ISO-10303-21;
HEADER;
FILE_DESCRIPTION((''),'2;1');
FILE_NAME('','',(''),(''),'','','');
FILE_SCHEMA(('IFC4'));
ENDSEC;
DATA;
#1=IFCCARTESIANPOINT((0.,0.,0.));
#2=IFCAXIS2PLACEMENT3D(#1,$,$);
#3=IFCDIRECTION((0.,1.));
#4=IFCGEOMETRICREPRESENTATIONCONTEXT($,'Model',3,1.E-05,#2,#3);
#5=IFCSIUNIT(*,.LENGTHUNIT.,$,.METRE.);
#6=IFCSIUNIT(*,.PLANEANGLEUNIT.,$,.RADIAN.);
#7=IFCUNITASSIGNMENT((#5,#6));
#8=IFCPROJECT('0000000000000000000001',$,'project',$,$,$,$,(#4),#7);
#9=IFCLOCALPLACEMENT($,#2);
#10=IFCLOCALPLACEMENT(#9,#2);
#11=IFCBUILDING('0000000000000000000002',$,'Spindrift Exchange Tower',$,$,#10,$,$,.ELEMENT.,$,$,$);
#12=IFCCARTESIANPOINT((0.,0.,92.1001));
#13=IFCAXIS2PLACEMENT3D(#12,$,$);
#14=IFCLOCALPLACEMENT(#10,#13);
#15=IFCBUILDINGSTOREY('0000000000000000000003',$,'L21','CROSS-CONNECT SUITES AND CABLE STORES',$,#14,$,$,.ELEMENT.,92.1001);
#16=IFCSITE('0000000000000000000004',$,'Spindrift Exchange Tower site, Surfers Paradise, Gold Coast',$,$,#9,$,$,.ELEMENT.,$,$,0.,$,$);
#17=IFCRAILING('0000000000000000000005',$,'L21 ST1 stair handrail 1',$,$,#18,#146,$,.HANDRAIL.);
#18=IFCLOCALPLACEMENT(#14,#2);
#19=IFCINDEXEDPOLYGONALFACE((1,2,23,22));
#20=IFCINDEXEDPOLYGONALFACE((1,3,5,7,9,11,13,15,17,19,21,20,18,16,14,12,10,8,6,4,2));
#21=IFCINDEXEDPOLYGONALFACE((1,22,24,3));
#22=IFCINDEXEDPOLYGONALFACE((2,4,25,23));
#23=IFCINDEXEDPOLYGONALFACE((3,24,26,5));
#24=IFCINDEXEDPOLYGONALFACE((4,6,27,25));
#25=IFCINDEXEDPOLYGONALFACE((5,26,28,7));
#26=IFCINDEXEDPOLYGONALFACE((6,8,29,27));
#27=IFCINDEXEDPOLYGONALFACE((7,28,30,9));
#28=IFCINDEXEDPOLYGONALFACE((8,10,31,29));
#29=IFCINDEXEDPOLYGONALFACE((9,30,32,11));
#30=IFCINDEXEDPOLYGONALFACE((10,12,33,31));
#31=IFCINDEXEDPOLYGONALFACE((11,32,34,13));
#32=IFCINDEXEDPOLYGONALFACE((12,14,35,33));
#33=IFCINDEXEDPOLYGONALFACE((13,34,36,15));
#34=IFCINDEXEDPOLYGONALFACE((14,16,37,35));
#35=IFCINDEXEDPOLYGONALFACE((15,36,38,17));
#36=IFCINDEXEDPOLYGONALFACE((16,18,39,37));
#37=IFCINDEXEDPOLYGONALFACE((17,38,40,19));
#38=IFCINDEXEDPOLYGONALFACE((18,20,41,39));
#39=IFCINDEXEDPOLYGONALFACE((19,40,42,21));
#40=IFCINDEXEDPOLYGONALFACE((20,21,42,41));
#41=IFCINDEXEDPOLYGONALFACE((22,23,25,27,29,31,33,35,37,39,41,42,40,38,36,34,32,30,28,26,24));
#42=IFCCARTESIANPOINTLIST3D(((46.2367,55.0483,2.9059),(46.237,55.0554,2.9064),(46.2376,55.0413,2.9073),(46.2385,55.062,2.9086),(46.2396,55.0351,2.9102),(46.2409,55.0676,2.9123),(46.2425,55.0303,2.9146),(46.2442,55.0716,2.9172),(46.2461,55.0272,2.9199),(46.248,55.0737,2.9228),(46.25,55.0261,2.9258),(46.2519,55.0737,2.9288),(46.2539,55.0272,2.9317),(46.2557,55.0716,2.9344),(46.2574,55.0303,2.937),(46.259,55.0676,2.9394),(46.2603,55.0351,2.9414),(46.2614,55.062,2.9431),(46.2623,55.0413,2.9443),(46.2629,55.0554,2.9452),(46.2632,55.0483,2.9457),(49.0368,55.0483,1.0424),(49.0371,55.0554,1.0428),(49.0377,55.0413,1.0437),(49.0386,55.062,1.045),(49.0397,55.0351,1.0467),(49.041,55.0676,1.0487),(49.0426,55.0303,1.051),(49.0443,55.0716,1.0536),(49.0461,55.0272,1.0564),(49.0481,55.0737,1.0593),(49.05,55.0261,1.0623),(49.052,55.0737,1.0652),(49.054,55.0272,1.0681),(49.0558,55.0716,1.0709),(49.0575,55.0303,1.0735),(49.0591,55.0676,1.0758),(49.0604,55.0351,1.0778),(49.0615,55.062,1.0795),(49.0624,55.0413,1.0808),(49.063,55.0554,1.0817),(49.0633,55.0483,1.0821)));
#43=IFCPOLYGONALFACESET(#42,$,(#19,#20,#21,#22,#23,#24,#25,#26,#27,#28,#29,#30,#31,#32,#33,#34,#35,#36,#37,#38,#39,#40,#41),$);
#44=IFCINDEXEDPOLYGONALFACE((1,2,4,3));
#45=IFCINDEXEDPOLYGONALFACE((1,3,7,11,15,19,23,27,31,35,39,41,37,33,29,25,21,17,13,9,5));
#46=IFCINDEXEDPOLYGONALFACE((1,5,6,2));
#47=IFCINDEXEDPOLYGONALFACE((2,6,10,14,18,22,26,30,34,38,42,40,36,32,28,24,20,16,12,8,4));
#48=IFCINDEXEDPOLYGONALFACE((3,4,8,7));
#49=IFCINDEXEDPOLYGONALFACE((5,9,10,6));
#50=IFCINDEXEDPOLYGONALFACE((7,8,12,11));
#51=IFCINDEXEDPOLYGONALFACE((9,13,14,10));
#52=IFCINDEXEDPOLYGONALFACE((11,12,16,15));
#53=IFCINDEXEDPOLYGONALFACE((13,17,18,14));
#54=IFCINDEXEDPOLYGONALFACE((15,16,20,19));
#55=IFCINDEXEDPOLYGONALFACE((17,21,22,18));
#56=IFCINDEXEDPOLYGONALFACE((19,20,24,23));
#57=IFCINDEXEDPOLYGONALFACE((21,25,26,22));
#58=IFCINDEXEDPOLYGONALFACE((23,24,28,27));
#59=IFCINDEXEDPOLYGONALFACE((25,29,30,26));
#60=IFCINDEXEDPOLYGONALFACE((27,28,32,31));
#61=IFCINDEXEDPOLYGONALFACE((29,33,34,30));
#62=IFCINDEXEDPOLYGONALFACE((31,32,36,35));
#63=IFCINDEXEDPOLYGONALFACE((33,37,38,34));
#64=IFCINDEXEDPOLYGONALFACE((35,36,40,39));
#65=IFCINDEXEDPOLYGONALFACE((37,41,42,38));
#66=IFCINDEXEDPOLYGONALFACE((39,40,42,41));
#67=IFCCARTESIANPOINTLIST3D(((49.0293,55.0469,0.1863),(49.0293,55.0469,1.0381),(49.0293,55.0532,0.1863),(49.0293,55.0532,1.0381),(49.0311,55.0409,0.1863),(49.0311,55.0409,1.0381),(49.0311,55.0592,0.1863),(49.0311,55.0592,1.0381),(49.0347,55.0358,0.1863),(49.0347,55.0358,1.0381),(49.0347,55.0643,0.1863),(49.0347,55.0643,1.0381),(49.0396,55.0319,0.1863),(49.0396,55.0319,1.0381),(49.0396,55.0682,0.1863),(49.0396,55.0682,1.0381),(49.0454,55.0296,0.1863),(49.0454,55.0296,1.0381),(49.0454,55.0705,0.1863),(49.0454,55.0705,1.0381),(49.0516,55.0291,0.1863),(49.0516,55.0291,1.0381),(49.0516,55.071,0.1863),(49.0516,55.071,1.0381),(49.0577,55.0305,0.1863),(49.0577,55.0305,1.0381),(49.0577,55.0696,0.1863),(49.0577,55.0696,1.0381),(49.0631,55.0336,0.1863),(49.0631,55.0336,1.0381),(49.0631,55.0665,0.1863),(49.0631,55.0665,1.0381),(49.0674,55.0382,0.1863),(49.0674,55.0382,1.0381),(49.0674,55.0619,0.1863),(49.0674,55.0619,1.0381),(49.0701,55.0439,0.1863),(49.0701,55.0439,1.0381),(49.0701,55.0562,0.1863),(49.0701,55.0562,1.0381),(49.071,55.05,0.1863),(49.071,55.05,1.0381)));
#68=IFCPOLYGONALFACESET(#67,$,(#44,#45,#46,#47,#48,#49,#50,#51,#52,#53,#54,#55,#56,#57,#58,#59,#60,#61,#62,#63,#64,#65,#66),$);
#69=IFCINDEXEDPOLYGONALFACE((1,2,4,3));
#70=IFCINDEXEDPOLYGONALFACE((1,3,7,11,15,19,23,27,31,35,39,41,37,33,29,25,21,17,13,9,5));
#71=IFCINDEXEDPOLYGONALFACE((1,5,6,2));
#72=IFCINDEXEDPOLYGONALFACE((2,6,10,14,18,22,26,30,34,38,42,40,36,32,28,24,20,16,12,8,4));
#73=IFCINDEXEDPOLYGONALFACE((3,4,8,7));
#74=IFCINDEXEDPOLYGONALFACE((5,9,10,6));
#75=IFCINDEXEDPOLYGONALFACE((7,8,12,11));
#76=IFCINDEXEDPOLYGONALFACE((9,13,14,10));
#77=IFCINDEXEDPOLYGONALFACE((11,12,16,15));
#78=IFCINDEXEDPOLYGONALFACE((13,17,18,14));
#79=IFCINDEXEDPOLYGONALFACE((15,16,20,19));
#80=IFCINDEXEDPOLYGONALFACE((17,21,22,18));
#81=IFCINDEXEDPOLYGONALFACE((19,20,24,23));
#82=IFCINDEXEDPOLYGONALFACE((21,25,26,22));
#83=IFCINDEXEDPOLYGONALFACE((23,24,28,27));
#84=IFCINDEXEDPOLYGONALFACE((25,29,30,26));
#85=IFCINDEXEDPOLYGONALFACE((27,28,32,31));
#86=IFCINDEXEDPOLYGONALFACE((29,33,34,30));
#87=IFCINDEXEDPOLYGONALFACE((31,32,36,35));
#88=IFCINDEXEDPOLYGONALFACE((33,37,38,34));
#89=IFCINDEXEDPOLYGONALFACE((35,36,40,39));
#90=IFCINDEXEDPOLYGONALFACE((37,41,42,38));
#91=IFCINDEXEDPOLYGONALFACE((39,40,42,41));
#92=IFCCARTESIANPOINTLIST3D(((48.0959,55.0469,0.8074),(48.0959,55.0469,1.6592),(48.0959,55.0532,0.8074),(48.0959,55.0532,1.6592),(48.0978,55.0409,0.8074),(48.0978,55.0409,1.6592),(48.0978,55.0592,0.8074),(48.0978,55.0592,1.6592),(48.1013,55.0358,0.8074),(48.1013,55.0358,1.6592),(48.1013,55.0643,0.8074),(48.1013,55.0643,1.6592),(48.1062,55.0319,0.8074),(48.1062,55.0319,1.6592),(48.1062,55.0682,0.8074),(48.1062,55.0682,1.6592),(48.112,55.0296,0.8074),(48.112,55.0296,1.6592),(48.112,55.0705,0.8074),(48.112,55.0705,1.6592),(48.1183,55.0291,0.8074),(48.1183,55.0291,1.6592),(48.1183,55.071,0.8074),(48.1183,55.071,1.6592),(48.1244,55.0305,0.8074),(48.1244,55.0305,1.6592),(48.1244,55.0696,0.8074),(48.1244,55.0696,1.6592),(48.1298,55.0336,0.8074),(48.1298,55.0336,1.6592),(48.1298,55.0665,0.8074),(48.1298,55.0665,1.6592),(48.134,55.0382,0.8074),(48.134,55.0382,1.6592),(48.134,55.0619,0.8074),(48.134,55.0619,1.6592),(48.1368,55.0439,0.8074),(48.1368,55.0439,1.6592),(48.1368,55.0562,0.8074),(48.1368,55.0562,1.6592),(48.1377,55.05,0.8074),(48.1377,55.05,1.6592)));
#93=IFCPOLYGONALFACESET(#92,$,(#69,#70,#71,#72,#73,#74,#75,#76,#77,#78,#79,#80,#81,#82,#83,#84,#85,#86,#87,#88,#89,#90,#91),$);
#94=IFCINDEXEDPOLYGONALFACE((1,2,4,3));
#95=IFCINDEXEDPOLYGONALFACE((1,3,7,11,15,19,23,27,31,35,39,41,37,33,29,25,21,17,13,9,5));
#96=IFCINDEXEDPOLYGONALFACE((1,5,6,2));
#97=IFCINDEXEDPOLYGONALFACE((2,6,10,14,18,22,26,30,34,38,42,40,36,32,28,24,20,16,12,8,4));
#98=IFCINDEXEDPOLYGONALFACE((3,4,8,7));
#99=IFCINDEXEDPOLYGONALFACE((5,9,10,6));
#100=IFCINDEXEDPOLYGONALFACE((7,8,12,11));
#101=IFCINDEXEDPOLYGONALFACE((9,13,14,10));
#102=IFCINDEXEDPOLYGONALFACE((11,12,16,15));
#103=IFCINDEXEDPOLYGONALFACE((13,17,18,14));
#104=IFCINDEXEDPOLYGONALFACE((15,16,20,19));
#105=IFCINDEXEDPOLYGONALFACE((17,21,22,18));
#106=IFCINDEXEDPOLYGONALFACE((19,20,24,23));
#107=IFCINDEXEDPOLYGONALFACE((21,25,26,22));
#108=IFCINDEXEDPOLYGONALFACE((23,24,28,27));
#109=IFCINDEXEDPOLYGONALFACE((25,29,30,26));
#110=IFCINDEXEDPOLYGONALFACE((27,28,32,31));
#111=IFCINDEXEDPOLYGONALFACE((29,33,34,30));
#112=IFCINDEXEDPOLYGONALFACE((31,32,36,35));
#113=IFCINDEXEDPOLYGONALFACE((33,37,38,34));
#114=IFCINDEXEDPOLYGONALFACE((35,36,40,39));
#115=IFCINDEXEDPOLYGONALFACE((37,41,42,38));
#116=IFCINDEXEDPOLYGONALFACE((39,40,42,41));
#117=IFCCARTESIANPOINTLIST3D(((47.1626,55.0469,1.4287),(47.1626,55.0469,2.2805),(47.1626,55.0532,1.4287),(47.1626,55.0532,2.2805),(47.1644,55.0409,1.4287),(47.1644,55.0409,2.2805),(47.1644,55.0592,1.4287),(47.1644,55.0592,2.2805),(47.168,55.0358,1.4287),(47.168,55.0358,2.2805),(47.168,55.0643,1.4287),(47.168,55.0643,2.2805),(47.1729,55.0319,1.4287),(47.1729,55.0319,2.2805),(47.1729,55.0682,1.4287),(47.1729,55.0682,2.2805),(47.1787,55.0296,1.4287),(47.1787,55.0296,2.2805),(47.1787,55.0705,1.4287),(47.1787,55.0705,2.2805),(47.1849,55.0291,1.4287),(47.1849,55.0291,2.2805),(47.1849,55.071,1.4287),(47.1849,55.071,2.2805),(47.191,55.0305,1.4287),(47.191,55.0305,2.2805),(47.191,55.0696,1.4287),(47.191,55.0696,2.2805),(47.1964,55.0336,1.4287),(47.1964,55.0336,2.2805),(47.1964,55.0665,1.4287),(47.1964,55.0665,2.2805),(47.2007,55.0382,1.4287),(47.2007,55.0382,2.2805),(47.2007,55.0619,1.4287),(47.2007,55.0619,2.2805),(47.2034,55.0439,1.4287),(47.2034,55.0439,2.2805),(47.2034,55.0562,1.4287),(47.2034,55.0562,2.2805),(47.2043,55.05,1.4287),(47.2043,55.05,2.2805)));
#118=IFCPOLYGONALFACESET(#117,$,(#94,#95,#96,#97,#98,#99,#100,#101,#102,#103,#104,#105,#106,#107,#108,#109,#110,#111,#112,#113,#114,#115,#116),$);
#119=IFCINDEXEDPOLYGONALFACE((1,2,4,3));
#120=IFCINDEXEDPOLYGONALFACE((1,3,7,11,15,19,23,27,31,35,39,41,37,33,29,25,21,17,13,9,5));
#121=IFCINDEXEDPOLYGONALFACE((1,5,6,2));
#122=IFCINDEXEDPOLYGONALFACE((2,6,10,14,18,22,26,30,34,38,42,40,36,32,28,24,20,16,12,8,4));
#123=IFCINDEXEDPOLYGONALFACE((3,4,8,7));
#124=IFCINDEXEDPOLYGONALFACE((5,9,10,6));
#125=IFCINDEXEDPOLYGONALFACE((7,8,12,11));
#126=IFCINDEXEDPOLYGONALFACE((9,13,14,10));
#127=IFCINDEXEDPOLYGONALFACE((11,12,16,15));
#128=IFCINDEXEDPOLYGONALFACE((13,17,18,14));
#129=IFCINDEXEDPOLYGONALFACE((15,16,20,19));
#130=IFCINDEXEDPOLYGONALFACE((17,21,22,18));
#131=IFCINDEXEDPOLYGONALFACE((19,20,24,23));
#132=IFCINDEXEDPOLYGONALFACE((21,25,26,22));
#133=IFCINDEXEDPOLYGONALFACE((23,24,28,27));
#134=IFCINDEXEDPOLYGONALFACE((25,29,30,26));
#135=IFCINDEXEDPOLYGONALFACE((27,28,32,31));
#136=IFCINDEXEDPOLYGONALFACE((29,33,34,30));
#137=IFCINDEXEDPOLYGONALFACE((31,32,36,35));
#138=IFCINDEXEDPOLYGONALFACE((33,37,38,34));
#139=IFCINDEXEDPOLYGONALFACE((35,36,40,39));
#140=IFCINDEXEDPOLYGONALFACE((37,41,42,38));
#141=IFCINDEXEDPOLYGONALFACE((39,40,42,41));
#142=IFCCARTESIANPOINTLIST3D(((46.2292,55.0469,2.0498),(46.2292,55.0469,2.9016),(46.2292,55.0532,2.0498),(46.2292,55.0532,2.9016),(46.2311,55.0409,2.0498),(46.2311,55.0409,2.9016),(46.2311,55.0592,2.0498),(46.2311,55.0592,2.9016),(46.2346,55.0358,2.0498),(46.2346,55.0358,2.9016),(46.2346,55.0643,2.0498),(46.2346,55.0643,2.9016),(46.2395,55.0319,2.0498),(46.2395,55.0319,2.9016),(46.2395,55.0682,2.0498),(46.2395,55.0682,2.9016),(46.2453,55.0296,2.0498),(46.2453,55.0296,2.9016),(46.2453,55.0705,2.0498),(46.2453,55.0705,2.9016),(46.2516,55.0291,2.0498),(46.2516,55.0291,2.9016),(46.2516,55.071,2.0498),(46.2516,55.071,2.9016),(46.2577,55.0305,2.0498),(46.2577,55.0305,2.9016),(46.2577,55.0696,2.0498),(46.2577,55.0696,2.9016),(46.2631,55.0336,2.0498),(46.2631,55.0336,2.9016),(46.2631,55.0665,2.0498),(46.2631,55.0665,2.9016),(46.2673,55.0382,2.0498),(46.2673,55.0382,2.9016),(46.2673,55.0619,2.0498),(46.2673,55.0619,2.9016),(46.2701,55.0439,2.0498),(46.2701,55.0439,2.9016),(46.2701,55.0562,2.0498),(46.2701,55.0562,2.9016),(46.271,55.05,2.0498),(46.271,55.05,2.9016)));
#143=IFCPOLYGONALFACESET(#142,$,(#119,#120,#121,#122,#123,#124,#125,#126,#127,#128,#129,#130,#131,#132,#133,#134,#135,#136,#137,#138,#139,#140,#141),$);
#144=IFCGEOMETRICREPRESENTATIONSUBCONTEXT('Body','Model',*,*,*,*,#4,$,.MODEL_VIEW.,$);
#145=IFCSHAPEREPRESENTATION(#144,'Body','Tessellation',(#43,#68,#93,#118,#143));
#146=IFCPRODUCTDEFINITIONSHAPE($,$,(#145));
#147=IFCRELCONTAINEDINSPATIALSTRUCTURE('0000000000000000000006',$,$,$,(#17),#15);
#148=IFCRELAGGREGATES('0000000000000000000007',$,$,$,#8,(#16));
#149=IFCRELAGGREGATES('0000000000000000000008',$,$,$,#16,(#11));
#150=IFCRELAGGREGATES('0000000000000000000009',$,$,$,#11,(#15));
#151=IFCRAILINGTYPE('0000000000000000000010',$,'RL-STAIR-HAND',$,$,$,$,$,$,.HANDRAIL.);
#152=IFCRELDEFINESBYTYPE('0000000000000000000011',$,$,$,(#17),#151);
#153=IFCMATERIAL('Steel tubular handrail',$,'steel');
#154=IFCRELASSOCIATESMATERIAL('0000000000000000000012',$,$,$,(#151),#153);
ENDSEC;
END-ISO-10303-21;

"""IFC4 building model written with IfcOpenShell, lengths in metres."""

from ifc_helpers import new_model, si_unit, direction, frame, origin, origin_2d, place, context, subcontext, project, spatial, circle, extrude, material, type_object, element, save


model = new_model("IFC4")

# Units and contexts
model_context = context("Model", 3, precision=1e-05, world=origin(), true_north=direction((0.0, 1.0)))
body_context = subcontext(model_context, "Body", "Model", "MODEL_VIEW")
ifc_project = project(units=[si_unit("LENGTHUNIT", "METRE"), si_unit("PLANEANGLEUNIT", "RADIAN")], contexts=[model_context])

# Site, building, storey
site_placement = place(None, origin())
site = spatial("IfcSite", under=ifc_project, at=site_placement, Name="Spindrift Exchange Tower site, Surfers Paradise, Gold Coast", CompositionType="ELEMENT", RefElevation=0.0)
building_placement = place(site_placement, origin())
building = spatial("IfcBuilding", under=site, at=building_placement, Name="Spindrift Exchange Tower", CompositionType="ELEMENT")
storey_placement = place(building_placement, frame((0.0, 0.0, 92.1001)))
storey = spatial("IfcBuildingStorey", under=building, at=storey_placement, Name="L21", Description="CROSS-CONNECT SUITES AND CABLE STORES", CompositionType="ELEMENT", Elevation=92.1001)

# Railing
ifc_material_1 = material(Name="Steel tubular handrail", Category="steel")
railing_type_1 = type_object("IfcRailingType", Name="RL-STAIR-HAND", PredefinedType="HANDRAIL", material=ifc_material_1)
railing_1_placement = place(storey_placement, frame((49.05, 55.05, 0.1863)))
element("IfcRailing", 1, at=railing_1_placement, inside=storey, type_object=railing_type_1, Name="L21 ST1 stair handrail 1", PredefinedType="HANDRAIL", context=body_context, shape_type="SweptSolid", body=[
    extrude(circle(Radius=0.0239, at=origin_2d()), frame((0.0, 0.0, 0.876), z_axis=(-0.832486, 0.0, 0.554047), x_axis=(0.0, -1.0, 0.0)), (0.0, 0.0, 1.0), 3.3635),
    extrude(circle(Radius=0.021, at=origin_2d()), origin(), (0.0, 0.0, 1.0), 0.8518),
    extrude(circle(Radius=0.021, at=origin_2d()), frame((-0.9333, 0.0, 0.6211)), (0.0, 0.0, 1.0), 0.8518),
    extrude(circle(Radius=0.021, at=origin_2d()), frame((-1.8667, 0.0, 1.2424)), (0.0, 0.0, 1.0), 0.8518),
    extrude(circle(Radius=0.021, at=origin_2d()), frame((-2.8, 0.0, 1.8635)), (0.0, 0.0, 1.0), 0.8518),
])

save(model, "model.ifc")
